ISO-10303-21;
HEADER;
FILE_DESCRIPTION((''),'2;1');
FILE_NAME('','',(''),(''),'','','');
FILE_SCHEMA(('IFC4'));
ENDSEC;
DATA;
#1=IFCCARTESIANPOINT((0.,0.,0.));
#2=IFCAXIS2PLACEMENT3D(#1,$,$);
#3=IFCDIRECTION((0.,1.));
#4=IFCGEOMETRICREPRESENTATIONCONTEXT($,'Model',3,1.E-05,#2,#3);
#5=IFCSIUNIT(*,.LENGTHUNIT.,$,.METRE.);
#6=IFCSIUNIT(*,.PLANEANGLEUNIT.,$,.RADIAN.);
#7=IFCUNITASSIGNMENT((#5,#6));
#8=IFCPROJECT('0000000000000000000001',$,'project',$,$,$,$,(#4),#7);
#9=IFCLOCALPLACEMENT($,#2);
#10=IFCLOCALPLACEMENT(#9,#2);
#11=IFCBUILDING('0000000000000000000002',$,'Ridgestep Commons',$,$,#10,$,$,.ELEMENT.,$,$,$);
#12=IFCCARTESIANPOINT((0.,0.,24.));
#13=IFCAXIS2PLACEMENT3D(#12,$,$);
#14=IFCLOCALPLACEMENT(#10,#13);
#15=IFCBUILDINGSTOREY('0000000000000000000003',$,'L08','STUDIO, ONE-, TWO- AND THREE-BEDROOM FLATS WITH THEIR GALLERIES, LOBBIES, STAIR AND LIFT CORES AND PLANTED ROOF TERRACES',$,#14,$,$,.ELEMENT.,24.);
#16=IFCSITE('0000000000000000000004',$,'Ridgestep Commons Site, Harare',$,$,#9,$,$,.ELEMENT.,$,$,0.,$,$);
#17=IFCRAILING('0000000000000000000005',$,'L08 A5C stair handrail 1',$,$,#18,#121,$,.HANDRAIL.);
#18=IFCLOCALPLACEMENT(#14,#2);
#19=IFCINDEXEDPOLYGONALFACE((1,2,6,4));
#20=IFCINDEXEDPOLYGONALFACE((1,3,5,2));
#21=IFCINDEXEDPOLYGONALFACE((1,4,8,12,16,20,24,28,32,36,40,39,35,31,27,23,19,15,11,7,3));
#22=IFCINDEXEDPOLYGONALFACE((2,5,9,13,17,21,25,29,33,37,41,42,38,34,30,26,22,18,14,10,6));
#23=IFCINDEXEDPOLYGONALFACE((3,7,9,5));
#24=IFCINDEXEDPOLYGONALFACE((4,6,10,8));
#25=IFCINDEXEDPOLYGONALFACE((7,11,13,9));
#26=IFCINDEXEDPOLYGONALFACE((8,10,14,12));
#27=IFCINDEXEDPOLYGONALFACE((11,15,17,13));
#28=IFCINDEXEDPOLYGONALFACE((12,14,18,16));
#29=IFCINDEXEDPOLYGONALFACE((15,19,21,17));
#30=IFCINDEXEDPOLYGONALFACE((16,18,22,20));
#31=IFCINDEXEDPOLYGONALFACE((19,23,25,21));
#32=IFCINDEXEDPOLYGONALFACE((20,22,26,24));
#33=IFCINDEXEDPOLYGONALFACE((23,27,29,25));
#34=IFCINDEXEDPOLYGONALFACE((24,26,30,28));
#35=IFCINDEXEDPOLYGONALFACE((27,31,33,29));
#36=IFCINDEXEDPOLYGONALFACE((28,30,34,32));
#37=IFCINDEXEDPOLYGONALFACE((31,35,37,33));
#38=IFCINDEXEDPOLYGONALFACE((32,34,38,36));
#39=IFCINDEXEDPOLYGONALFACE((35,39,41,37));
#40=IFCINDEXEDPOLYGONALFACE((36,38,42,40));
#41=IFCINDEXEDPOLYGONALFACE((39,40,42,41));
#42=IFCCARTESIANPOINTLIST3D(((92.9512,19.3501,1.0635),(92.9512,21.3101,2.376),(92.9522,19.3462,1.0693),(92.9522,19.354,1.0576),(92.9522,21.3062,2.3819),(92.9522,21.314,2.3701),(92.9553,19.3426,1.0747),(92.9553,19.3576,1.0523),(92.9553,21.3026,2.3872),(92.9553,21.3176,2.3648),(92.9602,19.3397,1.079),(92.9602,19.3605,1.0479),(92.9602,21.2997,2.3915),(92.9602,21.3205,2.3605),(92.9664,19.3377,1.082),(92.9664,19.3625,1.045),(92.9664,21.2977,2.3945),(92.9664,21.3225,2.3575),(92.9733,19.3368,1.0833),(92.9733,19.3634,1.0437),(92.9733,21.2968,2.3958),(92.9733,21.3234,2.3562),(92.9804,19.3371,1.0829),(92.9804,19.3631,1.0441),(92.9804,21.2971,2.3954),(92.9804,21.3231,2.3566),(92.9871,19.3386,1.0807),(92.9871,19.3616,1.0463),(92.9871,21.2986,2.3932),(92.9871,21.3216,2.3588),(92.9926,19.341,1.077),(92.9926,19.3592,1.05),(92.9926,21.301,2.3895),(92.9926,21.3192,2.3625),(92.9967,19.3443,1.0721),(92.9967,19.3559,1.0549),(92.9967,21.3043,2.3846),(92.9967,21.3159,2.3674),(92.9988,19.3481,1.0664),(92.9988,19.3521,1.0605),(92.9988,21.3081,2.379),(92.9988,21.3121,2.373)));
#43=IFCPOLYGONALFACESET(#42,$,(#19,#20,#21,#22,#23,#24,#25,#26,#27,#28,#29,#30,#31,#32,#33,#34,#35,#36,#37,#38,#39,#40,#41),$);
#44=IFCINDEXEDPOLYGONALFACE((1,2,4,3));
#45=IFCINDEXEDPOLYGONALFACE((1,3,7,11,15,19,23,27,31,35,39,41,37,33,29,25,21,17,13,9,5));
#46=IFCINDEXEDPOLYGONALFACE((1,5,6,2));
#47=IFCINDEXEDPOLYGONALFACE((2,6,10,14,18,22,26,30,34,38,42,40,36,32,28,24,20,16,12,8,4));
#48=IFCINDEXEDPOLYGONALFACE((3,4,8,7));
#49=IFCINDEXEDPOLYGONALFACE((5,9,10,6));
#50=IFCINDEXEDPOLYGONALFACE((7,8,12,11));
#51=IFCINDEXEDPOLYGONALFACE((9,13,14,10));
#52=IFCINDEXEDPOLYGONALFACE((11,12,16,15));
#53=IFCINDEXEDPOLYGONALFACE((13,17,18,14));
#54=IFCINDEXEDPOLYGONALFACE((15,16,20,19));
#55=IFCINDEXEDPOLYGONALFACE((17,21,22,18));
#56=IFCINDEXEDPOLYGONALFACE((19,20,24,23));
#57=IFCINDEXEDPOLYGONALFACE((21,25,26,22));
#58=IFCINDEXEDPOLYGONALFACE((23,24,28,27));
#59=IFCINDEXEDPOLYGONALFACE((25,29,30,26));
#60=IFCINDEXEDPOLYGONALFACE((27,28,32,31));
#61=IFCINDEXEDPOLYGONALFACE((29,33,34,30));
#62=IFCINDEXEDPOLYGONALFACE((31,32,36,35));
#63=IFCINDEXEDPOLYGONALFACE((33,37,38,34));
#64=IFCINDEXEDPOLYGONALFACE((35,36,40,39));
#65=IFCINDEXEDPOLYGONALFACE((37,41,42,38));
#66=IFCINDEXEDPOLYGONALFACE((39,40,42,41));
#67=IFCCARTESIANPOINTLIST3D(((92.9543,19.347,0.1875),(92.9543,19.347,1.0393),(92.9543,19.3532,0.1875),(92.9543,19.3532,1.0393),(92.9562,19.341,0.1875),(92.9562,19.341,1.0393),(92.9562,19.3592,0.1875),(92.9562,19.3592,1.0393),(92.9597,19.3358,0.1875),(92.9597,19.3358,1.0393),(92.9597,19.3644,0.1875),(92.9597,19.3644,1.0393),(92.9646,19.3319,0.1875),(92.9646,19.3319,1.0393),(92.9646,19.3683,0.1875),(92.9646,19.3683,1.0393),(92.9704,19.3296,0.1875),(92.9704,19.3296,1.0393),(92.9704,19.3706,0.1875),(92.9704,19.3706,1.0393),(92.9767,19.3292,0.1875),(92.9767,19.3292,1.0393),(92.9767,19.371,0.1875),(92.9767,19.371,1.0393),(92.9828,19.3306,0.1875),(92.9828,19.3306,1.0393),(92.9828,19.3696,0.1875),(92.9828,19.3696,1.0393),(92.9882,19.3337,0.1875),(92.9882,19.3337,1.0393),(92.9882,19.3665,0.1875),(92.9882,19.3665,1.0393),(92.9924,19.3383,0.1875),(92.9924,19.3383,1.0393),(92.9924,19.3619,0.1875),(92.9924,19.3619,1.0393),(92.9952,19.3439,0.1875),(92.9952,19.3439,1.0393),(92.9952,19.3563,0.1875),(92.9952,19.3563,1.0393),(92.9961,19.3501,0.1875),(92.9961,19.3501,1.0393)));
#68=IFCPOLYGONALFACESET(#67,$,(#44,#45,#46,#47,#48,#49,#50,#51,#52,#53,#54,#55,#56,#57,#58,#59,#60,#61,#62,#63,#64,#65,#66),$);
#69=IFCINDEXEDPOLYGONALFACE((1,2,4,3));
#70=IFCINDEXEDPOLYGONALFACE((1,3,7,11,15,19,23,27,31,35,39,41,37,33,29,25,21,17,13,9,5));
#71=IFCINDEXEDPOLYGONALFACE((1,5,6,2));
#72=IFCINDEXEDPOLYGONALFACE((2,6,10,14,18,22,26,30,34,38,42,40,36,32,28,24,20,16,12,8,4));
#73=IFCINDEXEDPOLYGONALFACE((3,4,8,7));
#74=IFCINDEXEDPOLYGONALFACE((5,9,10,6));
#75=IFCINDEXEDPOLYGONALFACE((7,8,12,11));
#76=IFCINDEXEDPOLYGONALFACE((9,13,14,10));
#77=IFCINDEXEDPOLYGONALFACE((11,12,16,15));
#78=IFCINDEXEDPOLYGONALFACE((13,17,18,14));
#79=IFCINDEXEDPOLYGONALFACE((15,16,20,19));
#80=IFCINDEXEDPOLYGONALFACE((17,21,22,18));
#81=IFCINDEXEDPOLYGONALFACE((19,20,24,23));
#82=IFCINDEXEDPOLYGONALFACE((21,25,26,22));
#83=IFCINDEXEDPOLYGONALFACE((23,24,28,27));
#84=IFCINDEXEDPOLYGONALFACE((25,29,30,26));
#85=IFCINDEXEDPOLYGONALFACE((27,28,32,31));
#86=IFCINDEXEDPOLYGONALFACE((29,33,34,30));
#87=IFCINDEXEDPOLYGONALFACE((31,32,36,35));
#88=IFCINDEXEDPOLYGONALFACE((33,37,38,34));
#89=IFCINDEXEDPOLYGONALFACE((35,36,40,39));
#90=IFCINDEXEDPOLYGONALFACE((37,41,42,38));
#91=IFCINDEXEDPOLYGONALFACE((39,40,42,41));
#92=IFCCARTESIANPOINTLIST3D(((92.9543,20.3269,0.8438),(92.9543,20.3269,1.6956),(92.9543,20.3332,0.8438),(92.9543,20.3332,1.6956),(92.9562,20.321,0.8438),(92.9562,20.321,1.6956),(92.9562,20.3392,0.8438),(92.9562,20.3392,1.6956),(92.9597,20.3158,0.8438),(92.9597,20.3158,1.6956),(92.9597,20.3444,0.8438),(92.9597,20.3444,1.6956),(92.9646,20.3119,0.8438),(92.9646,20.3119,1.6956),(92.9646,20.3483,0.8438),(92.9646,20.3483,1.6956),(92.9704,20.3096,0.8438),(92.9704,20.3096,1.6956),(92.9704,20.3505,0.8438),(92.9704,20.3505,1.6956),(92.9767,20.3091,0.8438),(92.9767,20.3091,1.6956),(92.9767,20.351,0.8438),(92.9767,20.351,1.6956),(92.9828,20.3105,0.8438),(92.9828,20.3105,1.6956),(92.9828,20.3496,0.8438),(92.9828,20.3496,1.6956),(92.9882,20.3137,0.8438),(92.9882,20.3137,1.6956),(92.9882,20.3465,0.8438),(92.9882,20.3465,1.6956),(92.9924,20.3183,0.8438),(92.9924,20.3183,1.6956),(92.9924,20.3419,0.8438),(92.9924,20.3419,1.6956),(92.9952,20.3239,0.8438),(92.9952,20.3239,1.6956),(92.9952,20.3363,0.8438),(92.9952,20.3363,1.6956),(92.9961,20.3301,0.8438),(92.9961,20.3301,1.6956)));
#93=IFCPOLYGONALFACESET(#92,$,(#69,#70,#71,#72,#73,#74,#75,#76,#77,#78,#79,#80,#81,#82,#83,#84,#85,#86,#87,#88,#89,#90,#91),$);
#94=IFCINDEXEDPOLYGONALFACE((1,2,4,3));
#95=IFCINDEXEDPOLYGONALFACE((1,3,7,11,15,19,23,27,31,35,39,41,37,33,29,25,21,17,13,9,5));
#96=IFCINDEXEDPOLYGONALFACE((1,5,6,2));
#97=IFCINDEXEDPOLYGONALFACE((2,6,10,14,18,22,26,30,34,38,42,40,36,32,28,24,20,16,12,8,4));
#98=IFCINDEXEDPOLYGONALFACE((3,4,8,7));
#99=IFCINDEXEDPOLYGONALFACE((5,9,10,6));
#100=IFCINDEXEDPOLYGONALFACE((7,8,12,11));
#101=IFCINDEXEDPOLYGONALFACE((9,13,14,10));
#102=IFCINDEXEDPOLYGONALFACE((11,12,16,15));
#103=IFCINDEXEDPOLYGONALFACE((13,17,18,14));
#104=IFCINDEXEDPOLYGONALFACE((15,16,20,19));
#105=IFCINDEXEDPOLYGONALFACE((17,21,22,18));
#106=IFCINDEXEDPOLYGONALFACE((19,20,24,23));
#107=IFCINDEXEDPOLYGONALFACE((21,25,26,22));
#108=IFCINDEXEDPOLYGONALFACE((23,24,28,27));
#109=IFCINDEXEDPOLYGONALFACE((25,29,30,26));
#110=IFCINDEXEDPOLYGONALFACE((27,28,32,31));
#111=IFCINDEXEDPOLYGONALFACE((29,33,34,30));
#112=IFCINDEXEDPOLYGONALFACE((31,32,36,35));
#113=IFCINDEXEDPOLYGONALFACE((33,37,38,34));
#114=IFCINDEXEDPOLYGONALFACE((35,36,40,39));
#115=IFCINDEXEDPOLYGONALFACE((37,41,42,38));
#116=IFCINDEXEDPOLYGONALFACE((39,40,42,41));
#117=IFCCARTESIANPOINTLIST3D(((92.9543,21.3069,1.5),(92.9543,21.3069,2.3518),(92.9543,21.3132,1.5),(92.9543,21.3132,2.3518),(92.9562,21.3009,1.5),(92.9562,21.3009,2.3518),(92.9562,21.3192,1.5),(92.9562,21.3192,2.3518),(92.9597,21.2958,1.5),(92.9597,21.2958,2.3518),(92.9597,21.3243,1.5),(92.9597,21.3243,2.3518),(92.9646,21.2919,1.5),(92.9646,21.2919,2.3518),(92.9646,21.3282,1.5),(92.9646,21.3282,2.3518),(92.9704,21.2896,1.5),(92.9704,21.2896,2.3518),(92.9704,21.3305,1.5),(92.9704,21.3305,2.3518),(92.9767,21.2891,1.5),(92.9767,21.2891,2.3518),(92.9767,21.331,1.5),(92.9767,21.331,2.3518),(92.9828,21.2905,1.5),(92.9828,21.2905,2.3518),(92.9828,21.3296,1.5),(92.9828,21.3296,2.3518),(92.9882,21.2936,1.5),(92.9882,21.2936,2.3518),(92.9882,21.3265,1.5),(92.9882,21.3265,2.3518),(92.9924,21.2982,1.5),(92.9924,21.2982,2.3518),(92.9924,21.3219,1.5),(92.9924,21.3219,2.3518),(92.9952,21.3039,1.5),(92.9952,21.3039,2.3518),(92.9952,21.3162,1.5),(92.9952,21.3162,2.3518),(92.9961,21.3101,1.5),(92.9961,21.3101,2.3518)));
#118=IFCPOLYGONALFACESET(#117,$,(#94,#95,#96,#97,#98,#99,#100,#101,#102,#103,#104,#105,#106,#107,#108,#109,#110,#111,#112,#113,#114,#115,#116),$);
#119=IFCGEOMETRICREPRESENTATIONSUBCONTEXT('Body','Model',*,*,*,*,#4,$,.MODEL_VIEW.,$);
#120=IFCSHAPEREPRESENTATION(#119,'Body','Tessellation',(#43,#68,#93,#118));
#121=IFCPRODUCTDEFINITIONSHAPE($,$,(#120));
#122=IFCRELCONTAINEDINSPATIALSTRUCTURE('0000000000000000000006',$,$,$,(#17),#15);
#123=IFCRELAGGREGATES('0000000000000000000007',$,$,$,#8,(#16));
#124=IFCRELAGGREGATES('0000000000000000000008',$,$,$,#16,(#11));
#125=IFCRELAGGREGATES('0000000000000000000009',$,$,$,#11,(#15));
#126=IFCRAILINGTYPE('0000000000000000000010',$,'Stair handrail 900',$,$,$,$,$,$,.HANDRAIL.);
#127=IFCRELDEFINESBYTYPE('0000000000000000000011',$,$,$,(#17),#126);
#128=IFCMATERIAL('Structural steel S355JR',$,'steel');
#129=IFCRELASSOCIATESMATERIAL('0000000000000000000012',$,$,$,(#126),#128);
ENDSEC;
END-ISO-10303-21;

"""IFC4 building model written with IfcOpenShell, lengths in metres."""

from ifc_helpers import new_model, si_unit, direction, frame, origin, origin_2d, place, context, subcontext, project, spatial, circle, extrude, material, type_object, element, save


model = new_model("IFC4")

# Units and contexts
model_context = context("Model", 3, precision=1e-05, world=origin(), true_north=direction((0.0, 1.0)))
body_context = subcontext(model_context, "Body", "Model", "MODEL_VIEW")
ifc_project = project(units=[si_unit("LENGTHUNIT", "METRE"), si_unit("PLANEANGLEUNIT", "RADIAN")], contexts=[model_context])

# Site, building, storey
site_placement = place(None, origin())
site = spatial("IfcSite", under=ifc_project, at=site_placement, Name="Ridgestep Commons Site, Harare", CompositionType="ELEMENT", RefElevation=0.0)
building_placement = place(site_placement, origin())
building = spatial("IfcBuilding", under=site, at=building_placement, Name="Ridgestep Commons", CompositionType="ELEMENT")
storey_placement = place(building_placement, frame((0.0, 0.0, 24.0)))
storey = spatial("IfcBuildingStorey", under=building, at=storey_placement, Name="L08", Description="STUDIO, ONE-, TWO- AND THREE-BEDROOM FLATS WITH THEIR GALLERIES, LOBBIES, STAIR AND LIFT CORES AND PLANTED ROOF TERRACES", CompositionType="ELEMENT", Elevation=24.0)

# Railing
ifc_material_1 = material(Name="Structural steel S355JR", Category="steel")
railing_type_1 = type_object("IfcRailingType", Name="Stair handrail 900", PredefinedType="HANDRAIL", material=ifc_material_1)
railing_1_placement = place(storey_placement, frame((92.9751, 19.3501, 0.1875)))
element("IfcRailing", 1, at=railing_1_placement, inside=storey, type_object=railing_type_1, Name="L08 A5C stair handrail 1", PredefinedType="HANDRAIL", context=body_context, shape_type="SweptSolid", body=[
    extrude(circle(Radius=0.0239, at=origin_2d()), frame((0.0, 0.0, 0.876), z_axis=(0.0, 0.830902, 0.556419), x_axis=(-1.0, 0.0, 0.0)), (0.0, 0.0, 1.0), 2.3589),
    extrude(circle(Radius=0.021, at=origin_2d()), origin(), (0.0, 0.0, 1.0), 0.8518),
    extrude(circle(Radius=0.021, at=origin_2d()), frame((0.0, 0.98, 0.6562)), (0.0, 0.0, 1.0), 0.8518),
    extrude(circle(Radius=0.021, at=origin_2d()), frame((0.0, 1.96, 1.3125)), (0.0, 0.0, 1.0), 0.8518),
])

save(model, "model.ifc")
